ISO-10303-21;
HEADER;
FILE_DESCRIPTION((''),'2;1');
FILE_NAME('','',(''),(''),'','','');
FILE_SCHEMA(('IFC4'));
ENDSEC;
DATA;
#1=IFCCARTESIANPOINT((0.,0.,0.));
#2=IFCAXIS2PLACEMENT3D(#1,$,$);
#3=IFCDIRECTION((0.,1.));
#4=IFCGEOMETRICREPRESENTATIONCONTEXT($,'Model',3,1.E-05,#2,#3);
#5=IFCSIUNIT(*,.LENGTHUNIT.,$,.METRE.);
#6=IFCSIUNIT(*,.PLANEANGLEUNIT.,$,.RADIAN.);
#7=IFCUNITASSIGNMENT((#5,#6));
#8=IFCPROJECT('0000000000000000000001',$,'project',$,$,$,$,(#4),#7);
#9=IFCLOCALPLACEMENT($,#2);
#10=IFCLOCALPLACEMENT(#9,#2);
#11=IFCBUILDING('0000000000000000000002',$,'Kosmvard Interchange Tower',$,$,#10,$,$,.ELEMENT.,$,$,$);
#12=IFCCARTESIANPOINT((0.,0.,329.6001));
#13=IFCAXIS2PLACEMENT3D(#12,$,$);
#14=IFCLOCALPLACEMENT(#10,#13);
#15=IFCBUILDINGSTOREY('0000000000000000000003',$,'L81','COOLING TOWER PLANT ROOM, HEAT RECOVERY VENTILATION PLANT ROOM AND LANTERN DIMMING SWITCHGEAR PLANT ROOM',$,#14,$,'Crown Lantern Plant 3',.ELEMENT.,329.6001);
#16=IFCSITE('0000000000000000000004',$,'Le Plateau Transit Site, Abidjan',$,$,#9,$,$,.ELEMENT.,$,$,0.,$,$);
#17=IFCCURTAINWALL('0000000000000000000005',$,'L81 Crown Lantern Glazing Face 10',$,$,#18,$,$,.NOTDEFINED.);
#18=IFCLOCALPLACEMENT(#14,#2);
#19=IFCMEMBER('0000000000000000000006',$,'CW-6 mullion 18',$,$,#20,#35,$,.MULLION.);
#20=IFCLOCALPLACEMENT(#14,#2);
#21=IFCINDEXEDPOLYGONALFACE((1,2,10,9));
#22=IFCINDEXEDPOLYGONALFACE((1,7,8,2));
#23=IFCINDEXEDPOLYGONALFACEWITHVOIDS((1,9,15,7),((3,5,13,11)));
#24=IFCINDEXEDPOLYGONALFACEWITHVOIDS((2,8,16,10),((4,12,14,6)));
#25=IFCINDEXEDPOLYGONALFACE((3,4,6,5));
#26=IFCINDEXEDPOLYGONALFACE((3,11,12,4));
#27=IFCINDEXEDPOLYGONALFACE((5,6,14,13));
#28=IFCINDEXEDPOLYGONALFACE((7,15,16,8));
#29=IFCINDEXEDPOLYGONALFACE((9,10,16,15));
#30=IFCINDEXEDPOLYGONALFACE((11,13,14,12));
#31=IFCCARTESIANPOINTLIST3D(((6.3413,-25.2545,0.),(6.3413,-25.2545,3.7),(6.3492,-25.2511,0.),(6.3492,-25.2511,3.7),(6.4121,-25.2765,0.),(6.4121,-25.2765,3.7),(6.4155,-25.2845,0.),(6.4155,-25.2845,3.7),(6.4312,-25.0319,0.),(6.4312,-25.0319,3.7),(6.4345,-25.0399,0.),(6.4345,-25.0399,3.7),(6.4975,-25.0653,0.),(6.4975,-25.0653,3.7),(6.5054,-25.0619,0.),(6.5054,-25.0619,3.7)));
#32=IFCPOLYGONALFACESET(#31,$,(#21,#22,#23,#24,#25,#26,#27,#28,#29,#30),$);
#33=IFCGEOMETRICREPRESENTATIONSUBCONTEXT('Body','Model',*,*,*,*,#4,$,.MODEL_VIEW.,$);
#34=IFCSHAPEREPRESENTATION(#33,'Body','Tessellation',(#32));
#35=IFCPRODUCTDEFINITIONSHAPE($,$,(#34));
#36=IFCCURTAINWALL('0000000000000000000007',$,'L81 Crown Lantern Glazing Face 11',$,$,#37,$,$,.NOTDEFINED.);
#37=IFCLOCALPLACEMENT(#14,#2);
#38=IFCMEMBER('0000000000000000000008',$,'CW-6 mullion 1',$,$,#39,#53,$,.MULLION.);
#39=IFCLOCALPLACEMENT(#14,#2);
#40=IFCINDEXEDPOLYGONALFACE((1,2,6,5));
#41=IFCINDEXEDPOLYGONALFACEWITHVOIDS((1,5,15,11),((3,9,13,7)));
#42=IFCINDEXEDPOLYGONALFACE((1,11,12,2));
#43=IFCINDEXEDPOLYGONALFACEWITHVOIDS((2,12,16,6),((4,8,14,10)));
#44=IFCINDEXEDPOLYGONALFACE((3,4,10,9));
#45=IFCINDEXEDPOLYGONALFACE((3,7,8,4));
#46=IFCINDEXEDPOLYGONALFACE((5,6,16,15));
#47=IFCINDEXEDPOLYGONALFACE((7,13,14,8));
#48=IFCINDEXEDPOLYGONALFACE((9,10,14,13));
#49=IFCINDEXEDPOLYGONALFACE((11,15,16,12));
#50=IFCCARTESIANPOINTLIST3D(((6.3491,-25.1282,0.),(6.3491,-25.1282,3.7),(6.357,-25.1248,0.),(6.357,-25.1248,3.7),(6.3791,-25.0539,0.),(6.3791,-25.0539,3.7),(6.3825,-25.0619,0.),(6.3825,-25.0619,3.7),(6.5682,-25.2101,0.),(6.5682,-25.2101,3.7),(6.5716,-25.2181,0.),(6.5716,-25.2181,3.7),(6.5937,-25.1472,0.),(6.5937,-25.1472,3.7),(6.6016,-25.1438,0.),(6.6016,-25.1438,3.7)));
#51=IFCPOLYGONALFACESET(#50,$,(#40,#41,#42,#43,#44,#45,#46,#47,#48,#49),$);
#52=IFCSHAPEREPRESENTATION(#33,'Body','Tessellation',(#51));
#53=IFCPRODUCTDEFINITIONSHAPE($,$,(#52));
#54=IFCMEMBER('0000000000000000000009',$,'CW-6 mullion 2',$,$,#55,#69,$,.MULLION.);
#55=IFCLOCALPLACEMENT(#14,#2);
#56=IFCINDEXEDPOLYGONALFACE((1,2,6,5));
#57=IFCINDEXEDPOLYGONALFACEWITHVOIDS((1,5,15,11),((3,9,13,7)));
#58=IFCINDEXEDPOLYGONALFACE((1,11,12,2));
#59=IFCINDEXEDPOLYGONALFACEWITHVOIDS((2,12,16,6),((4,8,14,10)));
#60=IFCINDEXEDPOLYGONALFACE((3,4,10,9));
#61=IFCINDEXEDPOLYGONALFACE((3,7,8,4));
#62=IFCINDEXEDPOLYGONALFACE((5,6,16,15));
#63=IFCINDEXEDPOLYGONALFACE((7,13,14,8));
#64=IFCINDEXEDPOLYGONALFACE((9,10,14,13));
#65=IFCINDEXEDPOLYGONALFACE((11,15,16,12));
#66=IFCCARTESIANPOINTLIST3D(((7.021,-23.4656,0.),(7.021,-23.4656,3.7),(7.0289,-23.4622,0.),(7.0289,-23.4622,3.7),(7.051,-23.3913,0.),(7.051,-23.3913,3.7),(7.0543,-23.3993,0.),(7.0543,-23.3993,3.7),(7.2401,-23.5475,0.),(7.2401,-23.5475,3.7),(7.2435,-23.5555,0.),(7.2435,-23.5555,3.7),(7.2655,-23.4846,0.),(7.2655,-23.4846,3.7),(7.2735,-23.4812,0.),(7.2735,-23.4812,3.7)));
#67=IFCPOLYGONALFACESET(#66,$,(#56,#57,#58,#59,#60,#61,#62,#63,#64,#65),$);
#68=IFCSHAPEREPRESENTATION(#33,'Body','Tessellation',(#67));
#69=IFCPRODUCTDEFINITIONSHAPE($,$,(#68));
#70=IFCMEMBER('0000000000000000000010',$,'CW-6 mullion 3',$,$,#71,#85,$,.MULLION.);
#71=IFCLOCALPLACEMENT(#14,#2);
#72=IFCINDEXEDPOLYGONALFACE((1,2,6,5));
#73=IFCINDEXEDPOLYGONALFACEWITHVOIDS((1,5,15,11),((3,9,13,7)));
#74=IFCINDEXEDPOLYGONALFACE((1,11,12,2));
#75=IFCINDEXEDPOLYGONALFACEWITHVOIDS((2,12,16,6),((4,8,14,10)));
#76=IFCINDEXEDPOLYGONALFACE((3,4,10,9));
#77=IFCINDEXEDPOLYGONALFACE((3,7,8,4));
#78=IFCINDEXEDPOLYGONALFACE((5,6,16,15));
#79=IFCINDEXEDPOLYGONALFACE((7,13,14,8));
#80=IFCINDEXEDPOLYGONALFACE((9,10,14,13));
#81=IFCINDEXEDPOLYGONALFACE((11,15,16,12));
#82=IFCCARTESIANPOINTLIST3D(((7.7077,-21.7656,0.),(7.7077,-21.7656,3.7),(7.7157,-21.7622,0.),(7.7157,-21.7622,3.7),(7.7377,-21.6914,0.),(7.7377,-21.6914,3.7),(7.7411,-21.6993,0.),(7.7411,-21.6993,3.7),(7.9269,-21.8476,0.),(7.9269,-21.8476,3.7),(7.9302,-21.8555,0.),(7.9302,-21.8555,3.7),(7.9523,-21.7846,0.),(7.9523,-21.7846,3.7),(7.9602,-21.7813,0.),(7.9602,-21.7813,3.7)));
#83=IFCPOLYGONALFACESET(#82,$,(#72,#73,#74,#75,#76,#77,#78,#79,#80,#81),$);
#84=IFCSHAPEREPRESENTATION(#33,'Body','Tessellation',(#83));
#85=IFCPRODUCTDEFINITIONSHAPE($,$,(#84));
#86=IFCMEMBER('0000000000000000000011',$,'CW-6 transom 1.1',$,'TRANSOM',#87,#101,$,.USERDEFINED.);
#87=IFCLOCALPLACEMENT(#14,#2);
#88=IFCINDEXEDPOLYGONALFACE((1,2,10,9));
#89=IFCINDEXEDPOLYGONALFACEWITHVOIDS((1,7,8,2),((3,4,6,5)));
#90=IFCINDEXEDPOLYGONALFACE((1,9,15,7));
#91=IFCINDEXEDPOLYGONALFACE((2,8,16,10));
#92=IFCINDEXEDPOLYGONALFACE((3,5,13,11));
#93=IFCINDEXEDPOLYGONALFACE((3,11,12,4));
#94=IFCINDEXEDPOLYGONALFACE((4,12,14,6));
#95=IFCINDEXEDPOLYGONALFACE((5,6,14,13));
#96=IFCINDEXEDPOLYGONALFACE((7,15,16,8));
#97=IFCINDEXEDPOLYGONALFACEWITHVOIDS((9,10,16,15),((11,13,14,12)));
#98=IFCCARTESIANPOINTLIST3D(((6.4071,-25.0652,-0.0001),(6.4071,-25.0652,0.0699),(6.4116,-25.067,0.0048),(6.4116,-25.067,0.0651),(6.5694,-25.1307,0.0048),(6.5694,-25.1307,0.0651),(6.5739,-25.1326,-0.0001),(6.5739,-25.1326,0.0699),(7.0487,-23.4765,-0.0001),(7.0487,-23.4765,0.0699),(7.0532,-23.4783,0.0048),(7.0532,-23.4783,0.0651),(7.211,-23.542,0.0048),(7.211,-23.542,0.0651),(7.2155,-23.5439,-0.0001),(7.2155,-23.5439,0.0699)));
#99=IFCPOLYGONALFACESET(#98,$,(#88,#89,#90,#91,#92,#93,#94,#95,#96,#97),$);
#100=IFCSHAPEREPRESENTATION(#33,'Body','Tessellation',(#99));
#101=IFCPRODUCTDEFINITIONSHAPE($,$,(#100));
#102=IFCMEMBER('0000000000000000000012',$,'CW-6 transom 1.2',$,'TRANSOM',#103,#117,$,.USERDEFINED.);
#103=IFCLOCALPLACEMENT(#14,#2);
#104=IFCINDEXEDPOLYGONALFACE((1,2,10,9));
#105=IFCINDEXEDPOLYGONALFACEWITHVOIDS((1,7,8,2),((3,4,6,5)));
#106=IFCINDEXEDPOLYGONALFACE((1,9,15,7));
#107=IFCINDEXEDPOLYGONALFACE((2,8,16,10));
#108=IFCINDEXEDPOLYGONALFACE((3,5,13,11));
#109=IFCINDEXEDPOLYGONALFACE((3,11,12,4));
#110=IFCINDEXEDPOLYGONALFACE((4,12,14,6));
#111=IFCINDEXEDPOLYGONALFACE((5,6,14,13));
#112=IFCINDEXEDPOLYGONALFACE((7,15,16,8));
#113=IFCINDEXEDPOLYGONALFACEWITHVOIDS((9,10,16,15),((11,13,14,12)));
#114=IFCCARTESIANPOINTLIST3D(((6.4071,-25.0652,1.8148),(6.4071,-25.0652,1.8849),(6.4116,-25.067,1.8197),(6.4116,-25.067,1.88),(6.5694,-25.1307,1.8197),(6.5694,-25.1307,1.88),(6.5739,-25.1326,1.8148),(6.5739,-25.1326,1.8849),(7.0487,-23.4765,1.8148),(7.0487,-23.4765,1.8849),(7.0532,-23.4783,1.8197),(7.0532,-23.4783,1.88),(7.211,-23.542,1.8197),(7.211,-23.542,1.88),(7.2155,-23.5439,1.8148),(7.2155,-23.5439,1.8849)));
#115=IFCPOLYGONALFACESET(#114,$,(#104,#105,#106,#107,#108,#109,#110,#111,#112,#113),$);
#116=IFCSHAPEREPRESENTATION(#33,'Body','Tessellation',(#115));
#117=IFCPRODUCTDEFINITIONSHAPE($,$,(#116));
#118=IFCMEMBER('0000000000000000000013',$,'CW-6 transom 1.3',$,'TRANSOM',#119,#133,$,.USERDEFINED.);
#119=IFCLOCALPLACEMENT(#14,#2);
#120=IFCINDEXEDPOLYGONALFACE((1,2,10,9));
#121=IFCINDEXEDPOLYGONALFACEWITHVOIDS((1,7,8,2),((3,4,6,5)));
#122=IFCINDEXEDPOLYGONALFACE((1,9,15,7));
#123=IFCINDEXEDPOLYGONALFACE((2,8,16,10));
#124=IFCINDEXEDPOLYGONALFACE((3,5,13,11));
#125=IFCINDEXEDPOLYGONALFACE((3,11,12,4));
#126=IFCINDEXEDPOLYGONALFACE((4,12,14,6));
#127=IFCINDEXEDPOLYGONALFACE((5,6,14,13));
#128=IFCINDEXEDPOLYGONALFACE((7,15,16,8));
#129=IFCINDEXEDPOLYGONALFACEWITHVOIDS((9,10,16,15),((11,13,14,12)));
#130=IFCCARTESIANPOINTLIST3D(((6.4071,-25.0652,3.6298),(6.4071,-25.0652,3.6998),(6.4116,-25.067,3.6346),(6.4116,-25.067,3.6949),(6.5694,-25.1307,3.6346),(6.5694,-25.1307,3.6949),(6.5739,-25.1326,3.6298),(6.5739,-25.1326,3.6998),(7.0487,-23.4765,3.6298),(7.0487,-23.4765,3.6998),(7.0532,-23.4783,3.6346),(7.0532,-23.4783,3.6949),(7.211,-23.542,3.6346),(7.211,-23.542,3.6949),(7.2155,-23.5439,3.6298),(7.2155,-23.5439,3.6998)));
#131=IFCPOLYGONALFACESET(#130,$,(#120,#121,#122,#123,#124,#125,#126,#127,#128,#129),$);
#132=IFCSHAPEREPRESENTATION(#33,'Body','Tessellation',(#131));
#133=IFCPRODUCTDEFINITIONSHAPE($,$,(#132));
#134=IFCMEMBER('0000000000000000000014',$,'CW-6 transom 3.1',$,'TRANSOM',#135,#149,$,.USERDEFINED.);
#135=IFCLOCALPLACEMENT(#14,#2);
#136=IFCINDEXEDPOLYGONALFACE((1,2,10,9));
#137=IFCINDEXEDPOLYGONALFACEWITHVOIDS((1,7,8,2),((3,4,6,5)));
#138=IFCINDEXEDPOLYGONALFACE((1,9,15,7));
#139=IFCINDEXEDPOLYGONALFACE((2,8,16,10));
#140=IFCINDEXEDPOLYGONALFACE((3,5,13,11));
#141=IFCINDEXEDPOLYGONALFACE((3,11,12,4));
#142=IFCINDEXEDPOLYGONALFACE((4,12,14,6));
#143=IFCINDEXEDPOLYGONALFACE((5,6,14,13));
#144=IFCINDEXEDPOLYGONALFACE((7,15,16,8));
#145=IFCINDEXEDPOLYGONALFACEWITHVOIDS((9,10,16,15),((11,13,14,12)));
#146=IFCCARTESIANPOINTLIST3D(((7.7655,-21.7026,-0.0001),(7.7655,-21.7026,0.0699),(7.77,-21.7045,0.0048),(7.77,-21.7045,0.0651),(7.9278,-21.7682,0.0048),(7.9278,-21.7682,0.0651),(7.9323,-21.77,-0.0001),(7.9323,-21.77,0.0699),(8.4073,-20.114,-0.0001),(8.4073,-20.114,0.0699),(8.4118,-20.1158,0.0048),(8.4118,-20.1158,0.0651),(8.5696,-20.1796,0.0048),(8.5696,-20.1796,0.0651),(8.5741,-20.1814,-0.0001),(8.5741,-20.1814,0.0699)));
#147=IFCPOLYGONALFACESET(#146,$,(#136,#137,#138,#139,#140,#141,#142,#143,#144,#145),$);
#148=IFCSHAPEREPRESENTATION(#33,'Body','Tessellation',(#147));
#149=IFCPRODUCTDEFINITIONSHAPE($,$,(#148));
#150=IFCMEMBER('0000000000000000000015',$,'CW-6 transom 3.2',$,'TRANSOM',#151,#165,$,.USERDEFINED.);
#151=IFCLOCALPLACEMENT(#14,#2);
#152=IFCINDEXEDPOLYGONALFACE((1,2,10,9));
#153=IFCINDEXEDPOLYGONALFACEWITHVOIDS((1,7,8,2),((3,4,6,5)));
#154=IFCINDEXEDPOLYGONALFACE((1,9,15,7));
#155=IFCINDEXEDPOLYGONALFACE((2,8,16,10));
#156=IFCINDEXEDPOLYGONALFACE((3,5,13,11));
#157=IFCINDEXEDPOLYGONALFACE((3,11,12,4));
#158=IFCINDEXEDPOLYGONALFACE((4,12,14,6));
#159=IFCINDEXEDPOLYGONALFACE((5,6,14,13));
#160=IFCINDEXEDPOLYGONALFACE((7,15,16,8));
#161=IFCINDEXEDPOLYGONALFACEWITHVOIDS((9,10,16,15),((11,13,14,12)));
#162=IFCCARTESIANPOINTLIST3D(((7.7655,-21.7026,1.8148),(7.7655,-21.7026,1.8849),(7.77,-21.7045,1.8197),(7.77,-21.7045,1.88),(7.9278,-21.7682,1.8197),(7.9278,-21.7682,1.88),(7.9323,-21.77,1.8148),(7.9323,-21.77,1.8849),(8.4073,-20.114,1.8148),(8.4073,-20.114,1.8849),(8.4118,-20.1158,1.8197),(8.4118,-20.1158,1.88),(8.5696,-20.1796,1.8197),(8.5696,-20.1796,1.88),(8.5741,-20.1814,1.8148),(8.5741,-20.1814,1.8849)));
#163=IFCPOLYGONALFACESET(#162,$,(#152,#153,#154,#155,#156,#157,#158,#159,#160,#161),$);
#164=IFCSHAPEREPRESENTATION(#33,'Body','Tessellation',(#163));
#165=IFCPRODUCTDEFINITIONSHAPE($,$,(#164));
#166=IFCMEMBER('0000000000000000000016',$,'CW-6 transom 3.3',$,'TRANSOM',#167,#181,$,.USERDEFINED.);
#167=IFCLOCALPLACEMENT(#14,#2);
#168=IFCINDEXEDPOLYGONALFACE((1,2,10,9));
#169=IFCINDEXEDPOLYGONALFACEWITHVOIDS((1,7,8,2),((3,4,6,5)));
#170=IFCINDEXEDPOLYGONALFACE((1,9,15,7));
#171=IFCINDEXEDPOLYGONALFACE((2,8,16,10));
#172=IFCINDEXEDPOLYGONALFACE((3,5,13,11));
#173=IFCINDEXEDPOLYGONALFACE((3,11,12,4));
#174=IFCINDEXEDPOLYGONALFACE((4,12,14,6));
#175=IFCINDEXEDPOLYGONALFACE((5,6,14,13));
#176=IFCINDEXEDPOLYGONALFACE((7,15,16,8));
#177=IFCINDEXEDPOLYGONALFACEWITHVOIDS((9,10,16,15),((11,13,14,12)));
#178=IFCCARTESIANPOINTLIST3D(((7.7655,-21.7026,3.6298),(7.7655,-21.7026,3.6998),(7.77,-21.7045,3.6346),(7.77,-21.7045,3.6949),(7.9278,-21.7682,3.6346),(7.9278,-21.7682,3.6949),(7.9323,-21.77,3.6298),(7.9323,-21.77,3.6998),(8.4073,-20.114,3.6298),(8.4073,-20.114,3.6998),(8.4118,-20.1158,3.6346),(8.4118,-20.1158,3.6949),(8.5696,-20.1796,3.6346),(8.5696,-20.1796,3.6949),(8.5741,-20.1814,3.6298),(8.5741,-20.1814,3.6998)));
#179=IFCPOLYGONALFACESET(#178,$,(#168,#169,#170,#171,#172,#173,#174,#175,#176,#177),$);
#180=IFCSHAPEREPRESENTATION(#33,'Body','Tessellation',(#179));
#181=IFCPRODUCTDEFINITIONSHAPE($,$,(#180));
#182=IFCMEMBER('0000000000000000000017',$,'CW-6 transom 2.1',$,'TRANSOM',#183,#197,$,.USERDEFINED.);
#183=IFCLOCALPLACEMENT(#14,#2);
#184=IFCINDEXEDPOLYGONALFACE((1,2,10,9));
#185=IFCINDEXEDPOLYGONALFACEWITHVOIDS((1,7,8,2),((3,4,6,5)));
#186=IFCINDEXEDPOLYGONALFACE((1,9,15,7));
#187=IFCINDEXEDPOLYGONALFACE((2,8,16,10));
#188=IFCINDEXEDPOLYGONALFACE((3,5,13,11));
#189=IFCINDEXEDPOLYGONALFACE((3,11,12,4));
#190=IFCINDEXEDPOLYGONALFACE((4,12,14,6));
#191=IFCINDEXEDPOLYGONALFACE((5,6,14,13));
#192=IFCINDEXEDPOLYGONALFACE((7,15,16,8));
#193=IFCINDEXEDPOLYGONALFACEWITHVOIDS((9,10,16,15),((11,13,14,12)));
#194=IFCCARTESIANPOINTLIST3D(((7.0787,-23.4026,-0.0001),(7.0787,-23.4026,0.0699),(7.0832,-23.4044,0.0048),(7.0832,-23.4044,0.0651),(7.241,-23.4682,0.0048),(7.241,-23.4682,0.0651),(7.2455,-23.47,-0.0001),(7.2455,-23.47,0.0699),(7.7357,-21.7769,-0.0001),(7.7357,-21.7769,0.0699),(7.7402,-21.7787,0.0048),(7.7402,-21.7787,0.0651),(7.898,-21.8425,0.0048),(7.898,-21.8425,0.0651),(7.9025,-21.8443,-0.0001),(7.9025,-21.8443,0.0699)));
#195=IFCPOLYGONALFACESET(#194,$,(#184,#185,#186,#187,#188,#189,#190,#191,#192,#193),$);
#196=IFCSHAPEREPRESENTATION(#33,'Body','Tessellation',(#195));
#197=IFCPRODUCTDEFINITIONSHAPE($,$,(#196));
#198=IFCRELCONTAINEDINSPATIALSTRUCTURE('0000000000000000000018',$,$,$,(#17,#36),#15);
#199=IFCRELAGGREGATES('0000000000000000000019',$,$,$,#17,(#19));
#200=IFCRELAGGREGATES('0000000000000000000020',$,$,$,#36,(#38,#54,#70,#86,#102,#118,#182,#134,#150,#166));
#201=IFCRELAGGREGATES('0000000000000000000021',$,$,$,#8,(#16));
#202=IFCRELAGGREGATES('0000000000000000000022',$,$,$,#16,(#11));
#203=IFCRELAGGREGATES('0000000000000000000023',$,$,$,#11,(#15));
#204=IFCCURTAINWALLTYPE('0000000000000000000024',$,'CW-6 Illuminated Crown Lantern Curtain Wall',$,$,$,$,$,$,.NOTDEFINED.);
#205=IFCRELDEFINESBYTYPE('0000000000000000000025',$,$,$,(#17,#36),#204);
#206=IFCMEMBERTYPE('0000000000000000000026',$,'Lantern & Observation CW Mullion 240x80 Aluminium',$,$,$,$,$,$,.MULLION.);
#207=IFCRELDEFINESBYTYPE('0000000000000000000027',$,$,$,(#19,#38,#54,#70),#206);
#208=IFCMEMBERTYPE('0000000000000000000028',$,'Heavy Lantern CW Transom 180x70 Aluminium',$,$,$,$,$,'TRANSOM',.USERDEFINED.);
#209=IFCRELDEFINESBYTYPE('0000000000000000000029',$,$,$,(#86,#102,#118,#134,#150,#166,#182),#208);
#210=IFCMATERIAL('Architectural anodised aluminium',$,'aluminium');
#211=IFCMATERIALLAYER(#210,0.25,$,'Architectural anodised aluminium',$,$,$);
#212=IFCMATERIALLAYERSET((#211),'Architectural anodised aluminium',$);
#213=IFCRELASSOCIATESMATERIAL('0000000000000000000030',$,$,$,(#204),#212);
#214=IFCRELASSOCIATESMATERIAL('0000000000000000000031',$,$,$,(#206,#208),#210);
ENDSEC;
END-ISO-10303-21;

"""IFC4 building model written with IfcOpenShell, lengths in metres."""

from ifc_helpers import new_model, si_unit, direction, frame, origin, origin_2d, place, context, subcontext, project, spatial, hollow_rectangle, extrude, source, transform, mapped, material, layer, layer_set, material_profile, profile_set, type_object, element, aggregate, save


model = new_model("IFC4")

# Units and contexts
model_context = context("Model", 3, precision=1e-05, world=origin(), true_north=direction((0.0, 1.0)))
body_context = subcontext(model_context, "Body", "Model", "MODEL_VIEW")
ifc_project = project(units=[si_unit("LENGTHUNIT", "METRE"), si_unit("PLANEANGLEUNIT", "RADIAN")], contexts=[model_context])

# Site, building, storey
site_placement = place(None, origin())
site = spatial("IfcSite", under=ifc_project, at=site_placement, Name="Le Plateau Transit Site, Abidjan", CompositionType="ELEMENT", RefElevation=0.0)
building_placement = place(site_placement, origin())
building = spatial("IfcBuilding", under=site, at=building_placement, Name="Kosmvard Interchange Tower", CompositionType="ELEMENT")
storey_placement = place(building_placement, frame((0.0, 0.0, 329.6001)))
storey = spatial("IfcBuildingStorey", under=building, at=storey_placement, Name="L81", Description="COOLING TOWER PLANT ROOM, HEAT RECOVERY VENTILATION PLANT ROOM AND LANTERN DIMMING SWITCHGEAR PLANT ROOM", LongName="Crown Lantern Plant 3", CompositionType="ELEMENT", Elevation=329.6001)

# Curtain wall, member
ifc_material_1 = material(Name="Architectural anodised aluminium", Category="aluminium")
ifc_layer_1 = layer(ifc_material_1, 0.25, Name="Architectural anodised aluminium")
ifc_layer_set_1 = layer_set([ifc_layer_1], Name="Architectural anodised aluminium")
curtain_wall_type = type_object("IfcCurtainWallType", Name="CW-6 Illuminated Crown Lantern Curtain Wall", PredefinedType="NOTDEFINED", material=ifc_layer_set_1)
curtain_wall_1_placement = place(storey_placement, origin())
curtain_wall_1 = element("IfcCurtainWall", 1, at=curtain_wall_1_placement, inside=storey, type_object=curtain_wall_type, Name="L81 Crown Lantern Glazing Face 10", PredefinedType="NOTDEFINED")
ifc_material_profile_1 = material_profile(ifc_material_1, hollow_rectangle(XDim=0.24, YDim=0.0801, WallThickness=0.0061, at=origin_2d()), Name="CWM 240x80x6")
ifc_profile_set_1 = profile_set([ifc_material_profile_1], Name="Architectural anodised aluminium")
member_type_1 = type_object("IfcMemberType", Name="Lantern & Observation CW Mullion 240x80 Aluminium", PredefinedType="MULLION", material=ifc_profile_set_1)
shared_shape_1 = source(origin(), body_context, "Body", "SweptSolid", [
    extrude(hollow_rectangle(XDim=0.24, YDim=0.0801, WallThickness=0.0061, at=origin_2d()), origin(), (0.0, 0.0, 1.0), 3.7),
])
member_1_placement = place(storey_placement, frame((6.4233, -25.1582, 0.0), z_axis=(0.0, 0.0, 1.0), x_axis=(0.374607, 0.927184, 0.0)))
member_1 = element("IfcMember", 2, at=member_1_placement, type_object=member_type_1, Name="CW-6 mullion 18", PredefinedType="MULLION", context=body_context, shape_type="MappedRepresentation", body=[
    mapped(shared_shape_1, transform((0.0, 0.0, 0.0), scale=1.0)),
])

# Curtain wall, members
curtain_wall_2_placement = place(storey_placement, origin())
curtain_wall_2 = element("IfcCurtainWall", 3, at=curtain_wall_2_placement, inside=storey, type_object=curtain_wall_type, Name="L81 Crown Lantern Glazing Face 11", PredefinedType="NOTDEFINED")
member_2_placement = place(storey_placement, frame((6.4753, -25.136, 0.0), z_axis=(0.0, 0.0, 1.0), x_axis=(-0.927184, 0.374607, 0.0)))
member_2 = element("IfcMember", 4, at=member_2_placement, type_object=member_type_1, Name="CW-6 mullion 1", PredefinedType="MULLION", context=body_context, shape_type="MappedRepresentation", body=[
    mapped(shared_shape_1, transform((0.0, 0.0, 0.0), scale=1.0)),
])
member_3_placement = place(storey_placement, frame((7.1472, -23.4734, 0.0), z_axis=(0.0, 0.0, 1.0), x_axis=(-0.927184, 0.374607, 0.0)))
member_3 = element("IfcMember", 5, at=member_3_placement, type_object=member_type_1, Name="CW-6 mullion 2", PredefinedType="MULLION", context=body_context, shape_type="MappedRepresentation", body=[
    mapped(shared_shape_1, transform((0.0, 0.0, 0.0), scale=1.0)),
])
member_4_placement = place(storey_placement, frame((7.834, -21.7734, 0.0), z_axis=(0.0, 0.0, 1.0), x_axis=(-0.927184, 0.374607, 0.0)))
member_4 = element("IfcMember", 6, at=member_4_placement, type_object=member_type_1, Name="CW-6 mullion 3", PredefinedType="MULLION", context=body_context, shape_type="MappedRepresentation", body=[
    mapped(shared_shape_1, transform((0.0, 0.0, 0.0), scale=1.0)),
])
ifc_material_profile_2 = material_profile(ifc_material_1, hollow_rectangle(XDim=0.1799, YDim=0.0701, WallThickness=0.0049, at=origin_2d()), Name="CWT 180x70x5")
ifc_profile_set_2 = profile_set([ifc_material_profile_2], Name="Architectural anodised aluminium")
member_type_2 = type_object("IfcMemberType", Name="Heavy Lantern CW Transom 180x70 Aluminium", ElementType="TRANSOM", PredefinedType="USERDEFINED", material=ifc_profile_set_2)
shared_shape_2 = source(origin(), body_context, "Body", "SweptSolid", [
    extrude(hollow_rectangle(XDim=0.1799, YDim=0.0701, WallThickness=0.0049, at=origin_2d()), origin(), (0.0, 0.0, 1.0), 1.7134),
])
member_5_placement = place(storey_placement, frame((6.4905, -25.0989, 0.0349), z_axis=(0.374484, 0.927233, 0.0), x_axis=(-0.927233, 0.374484, 0.0)))
member_5 = element("IfcMember", 7, at=member_5_placement, type_object=member_type_2, Name="CW-6 transom 1.1", ObjectType="TRANSOM", PredefinedType="USERDEFINED", context=body_context, shape_type="MappedRepresentation", body=[
    mapped(shared_shape_2, transform((0.0, 0.0, 0.0), scale=1.0)),
])
member_6_placement = place(storey_placement, frame((6.4905, -25.0989, 1.8499), z_axis=(0.374484, 0.927233, 0.0), x_axis=(-0.927233, 0.374484, 0.0)))
member_6 = element("IfcMember", 8, at=member_6_placement, type_object=member_type_2, Name="CW-6 transom 1.2", ObjectType="TRANSOM", PredefinedType="USERDEFINED", context=body_context, shape_type="MappedRepresentation", body=[
    mapped(shared_shape_2, transform((0.0, 0.0, 0.0), scale=1.0)),
])
member_7_placement = place(storey_placement, frame((6.4905, -25.0989, 3.6648), z_axis=(0.374484, 0.927233, 0.0), x_axis=(-0.927233, 0.374484, 0.0)))
member_7 = element("IfcMember", 9, at=member_7_placement, type_object=member_type_2, Name="CW-6 transom 1.3", ObjectType="TRANSOM", PredefinedType="USERDEFINED", context=body_context, shape_type="MappedRepresentation", body=[
    mapped(shared_shape_2, transform((0.0, 0.0, 0.0), scale=1.0)),
])
member_8_placement = place(storey_placement, frame((7.8489, -21.7363, 0.0349), z_axis=(0.374607, 0.927184, 0.0), x_axis=(-0.927184, 0.374607, 0.0)))
member_8 = element("IfcMember", 10, at=member_8_placement, type_object=member_type_2, Name="CW-6 transom 3.1", ObjectType="TRANSOM", PredefinedType="USERDEFINED", context=body_context, shape_type="MappedRepresentation", body=[
    mapped(shared_shape_2, transform((0.0, 0.0, 0.0), scale=1.0)),
])
member_9_placement = place(storey_placement, frame((7.8489, -21.7363, 1.8499), z_axis=(0.374607, 0.927184, 0.0), x_axis=(-0.927184, 0.374607, 0.0)))
member_9 = element("IfcMember", 11, at=member_9_placement, type_object=member_type_2, Name="CW-6 transom 3.2", ObjectType="TRANSOM", PredefinedType="USERDEFINED", context=body_context, shape_type="MappedRepresentation", body=[
    mapped(shared_shape_2, transform((0.0, 0.0, 0.0), scale=1.0)),
])
member_10_placement = place(storey_placement, frame((7.8489, -21.7363, 3.6648), z_axis=(0.374607, 0.927184, 0.0), x_axis=(-0.927184, 0.374607, 0.0)))
member_10 = element("IfcMember", 12, at=member_10_placement, type_object=member_type_2, Name="CW-6 transom 3.3", ObjectType="TRANSOM", PredefinedType="USERDEFINED", context=body_context, shape_type="MappedRepresentation", body=[
    mapped(shared_shape_2, transform((0.0, 0.0, 0.0), scale=1.0)),
])
shared_shape_3 = source(origin(), body_context, "Body", "SweptSolid", [
    extrude(hollow_rectangle(XDim=0.1799, YDim=0.0701, WallThickness=0.0049, at=origin_2d()), origin(), (0.0, 0.0, 1.0), 1.7534),
])
member_11_placement = place(storey_placement, frame((7.1621, -23.4363, 0.0349), z_axis=(0.374677, 0.927155, 0.0), x_axis=(-0.927155, 0.374677, 0.0)))
member_11 = element("IfcMember", 13, at=member_11_placement, type_object=member_type_2, Name="CW-6 transom 2.1", ObjectType="TRANSOM", PredefinedType="USERDEFINED", context=body_context, shape_type="MappedRepresentation", body=[
    mapped(shared_shape_3, transform((0.0, 0.0, 0.0), scale=1.0)),
])

aggregate(curtain_wall_1, [member_1])
aggregate(curtain_wall_2, [member_2, member_3, member_4, member_5, member_6, member_7, member_11, member_8, member_9, member_10])

save(model, "model.ifc")
